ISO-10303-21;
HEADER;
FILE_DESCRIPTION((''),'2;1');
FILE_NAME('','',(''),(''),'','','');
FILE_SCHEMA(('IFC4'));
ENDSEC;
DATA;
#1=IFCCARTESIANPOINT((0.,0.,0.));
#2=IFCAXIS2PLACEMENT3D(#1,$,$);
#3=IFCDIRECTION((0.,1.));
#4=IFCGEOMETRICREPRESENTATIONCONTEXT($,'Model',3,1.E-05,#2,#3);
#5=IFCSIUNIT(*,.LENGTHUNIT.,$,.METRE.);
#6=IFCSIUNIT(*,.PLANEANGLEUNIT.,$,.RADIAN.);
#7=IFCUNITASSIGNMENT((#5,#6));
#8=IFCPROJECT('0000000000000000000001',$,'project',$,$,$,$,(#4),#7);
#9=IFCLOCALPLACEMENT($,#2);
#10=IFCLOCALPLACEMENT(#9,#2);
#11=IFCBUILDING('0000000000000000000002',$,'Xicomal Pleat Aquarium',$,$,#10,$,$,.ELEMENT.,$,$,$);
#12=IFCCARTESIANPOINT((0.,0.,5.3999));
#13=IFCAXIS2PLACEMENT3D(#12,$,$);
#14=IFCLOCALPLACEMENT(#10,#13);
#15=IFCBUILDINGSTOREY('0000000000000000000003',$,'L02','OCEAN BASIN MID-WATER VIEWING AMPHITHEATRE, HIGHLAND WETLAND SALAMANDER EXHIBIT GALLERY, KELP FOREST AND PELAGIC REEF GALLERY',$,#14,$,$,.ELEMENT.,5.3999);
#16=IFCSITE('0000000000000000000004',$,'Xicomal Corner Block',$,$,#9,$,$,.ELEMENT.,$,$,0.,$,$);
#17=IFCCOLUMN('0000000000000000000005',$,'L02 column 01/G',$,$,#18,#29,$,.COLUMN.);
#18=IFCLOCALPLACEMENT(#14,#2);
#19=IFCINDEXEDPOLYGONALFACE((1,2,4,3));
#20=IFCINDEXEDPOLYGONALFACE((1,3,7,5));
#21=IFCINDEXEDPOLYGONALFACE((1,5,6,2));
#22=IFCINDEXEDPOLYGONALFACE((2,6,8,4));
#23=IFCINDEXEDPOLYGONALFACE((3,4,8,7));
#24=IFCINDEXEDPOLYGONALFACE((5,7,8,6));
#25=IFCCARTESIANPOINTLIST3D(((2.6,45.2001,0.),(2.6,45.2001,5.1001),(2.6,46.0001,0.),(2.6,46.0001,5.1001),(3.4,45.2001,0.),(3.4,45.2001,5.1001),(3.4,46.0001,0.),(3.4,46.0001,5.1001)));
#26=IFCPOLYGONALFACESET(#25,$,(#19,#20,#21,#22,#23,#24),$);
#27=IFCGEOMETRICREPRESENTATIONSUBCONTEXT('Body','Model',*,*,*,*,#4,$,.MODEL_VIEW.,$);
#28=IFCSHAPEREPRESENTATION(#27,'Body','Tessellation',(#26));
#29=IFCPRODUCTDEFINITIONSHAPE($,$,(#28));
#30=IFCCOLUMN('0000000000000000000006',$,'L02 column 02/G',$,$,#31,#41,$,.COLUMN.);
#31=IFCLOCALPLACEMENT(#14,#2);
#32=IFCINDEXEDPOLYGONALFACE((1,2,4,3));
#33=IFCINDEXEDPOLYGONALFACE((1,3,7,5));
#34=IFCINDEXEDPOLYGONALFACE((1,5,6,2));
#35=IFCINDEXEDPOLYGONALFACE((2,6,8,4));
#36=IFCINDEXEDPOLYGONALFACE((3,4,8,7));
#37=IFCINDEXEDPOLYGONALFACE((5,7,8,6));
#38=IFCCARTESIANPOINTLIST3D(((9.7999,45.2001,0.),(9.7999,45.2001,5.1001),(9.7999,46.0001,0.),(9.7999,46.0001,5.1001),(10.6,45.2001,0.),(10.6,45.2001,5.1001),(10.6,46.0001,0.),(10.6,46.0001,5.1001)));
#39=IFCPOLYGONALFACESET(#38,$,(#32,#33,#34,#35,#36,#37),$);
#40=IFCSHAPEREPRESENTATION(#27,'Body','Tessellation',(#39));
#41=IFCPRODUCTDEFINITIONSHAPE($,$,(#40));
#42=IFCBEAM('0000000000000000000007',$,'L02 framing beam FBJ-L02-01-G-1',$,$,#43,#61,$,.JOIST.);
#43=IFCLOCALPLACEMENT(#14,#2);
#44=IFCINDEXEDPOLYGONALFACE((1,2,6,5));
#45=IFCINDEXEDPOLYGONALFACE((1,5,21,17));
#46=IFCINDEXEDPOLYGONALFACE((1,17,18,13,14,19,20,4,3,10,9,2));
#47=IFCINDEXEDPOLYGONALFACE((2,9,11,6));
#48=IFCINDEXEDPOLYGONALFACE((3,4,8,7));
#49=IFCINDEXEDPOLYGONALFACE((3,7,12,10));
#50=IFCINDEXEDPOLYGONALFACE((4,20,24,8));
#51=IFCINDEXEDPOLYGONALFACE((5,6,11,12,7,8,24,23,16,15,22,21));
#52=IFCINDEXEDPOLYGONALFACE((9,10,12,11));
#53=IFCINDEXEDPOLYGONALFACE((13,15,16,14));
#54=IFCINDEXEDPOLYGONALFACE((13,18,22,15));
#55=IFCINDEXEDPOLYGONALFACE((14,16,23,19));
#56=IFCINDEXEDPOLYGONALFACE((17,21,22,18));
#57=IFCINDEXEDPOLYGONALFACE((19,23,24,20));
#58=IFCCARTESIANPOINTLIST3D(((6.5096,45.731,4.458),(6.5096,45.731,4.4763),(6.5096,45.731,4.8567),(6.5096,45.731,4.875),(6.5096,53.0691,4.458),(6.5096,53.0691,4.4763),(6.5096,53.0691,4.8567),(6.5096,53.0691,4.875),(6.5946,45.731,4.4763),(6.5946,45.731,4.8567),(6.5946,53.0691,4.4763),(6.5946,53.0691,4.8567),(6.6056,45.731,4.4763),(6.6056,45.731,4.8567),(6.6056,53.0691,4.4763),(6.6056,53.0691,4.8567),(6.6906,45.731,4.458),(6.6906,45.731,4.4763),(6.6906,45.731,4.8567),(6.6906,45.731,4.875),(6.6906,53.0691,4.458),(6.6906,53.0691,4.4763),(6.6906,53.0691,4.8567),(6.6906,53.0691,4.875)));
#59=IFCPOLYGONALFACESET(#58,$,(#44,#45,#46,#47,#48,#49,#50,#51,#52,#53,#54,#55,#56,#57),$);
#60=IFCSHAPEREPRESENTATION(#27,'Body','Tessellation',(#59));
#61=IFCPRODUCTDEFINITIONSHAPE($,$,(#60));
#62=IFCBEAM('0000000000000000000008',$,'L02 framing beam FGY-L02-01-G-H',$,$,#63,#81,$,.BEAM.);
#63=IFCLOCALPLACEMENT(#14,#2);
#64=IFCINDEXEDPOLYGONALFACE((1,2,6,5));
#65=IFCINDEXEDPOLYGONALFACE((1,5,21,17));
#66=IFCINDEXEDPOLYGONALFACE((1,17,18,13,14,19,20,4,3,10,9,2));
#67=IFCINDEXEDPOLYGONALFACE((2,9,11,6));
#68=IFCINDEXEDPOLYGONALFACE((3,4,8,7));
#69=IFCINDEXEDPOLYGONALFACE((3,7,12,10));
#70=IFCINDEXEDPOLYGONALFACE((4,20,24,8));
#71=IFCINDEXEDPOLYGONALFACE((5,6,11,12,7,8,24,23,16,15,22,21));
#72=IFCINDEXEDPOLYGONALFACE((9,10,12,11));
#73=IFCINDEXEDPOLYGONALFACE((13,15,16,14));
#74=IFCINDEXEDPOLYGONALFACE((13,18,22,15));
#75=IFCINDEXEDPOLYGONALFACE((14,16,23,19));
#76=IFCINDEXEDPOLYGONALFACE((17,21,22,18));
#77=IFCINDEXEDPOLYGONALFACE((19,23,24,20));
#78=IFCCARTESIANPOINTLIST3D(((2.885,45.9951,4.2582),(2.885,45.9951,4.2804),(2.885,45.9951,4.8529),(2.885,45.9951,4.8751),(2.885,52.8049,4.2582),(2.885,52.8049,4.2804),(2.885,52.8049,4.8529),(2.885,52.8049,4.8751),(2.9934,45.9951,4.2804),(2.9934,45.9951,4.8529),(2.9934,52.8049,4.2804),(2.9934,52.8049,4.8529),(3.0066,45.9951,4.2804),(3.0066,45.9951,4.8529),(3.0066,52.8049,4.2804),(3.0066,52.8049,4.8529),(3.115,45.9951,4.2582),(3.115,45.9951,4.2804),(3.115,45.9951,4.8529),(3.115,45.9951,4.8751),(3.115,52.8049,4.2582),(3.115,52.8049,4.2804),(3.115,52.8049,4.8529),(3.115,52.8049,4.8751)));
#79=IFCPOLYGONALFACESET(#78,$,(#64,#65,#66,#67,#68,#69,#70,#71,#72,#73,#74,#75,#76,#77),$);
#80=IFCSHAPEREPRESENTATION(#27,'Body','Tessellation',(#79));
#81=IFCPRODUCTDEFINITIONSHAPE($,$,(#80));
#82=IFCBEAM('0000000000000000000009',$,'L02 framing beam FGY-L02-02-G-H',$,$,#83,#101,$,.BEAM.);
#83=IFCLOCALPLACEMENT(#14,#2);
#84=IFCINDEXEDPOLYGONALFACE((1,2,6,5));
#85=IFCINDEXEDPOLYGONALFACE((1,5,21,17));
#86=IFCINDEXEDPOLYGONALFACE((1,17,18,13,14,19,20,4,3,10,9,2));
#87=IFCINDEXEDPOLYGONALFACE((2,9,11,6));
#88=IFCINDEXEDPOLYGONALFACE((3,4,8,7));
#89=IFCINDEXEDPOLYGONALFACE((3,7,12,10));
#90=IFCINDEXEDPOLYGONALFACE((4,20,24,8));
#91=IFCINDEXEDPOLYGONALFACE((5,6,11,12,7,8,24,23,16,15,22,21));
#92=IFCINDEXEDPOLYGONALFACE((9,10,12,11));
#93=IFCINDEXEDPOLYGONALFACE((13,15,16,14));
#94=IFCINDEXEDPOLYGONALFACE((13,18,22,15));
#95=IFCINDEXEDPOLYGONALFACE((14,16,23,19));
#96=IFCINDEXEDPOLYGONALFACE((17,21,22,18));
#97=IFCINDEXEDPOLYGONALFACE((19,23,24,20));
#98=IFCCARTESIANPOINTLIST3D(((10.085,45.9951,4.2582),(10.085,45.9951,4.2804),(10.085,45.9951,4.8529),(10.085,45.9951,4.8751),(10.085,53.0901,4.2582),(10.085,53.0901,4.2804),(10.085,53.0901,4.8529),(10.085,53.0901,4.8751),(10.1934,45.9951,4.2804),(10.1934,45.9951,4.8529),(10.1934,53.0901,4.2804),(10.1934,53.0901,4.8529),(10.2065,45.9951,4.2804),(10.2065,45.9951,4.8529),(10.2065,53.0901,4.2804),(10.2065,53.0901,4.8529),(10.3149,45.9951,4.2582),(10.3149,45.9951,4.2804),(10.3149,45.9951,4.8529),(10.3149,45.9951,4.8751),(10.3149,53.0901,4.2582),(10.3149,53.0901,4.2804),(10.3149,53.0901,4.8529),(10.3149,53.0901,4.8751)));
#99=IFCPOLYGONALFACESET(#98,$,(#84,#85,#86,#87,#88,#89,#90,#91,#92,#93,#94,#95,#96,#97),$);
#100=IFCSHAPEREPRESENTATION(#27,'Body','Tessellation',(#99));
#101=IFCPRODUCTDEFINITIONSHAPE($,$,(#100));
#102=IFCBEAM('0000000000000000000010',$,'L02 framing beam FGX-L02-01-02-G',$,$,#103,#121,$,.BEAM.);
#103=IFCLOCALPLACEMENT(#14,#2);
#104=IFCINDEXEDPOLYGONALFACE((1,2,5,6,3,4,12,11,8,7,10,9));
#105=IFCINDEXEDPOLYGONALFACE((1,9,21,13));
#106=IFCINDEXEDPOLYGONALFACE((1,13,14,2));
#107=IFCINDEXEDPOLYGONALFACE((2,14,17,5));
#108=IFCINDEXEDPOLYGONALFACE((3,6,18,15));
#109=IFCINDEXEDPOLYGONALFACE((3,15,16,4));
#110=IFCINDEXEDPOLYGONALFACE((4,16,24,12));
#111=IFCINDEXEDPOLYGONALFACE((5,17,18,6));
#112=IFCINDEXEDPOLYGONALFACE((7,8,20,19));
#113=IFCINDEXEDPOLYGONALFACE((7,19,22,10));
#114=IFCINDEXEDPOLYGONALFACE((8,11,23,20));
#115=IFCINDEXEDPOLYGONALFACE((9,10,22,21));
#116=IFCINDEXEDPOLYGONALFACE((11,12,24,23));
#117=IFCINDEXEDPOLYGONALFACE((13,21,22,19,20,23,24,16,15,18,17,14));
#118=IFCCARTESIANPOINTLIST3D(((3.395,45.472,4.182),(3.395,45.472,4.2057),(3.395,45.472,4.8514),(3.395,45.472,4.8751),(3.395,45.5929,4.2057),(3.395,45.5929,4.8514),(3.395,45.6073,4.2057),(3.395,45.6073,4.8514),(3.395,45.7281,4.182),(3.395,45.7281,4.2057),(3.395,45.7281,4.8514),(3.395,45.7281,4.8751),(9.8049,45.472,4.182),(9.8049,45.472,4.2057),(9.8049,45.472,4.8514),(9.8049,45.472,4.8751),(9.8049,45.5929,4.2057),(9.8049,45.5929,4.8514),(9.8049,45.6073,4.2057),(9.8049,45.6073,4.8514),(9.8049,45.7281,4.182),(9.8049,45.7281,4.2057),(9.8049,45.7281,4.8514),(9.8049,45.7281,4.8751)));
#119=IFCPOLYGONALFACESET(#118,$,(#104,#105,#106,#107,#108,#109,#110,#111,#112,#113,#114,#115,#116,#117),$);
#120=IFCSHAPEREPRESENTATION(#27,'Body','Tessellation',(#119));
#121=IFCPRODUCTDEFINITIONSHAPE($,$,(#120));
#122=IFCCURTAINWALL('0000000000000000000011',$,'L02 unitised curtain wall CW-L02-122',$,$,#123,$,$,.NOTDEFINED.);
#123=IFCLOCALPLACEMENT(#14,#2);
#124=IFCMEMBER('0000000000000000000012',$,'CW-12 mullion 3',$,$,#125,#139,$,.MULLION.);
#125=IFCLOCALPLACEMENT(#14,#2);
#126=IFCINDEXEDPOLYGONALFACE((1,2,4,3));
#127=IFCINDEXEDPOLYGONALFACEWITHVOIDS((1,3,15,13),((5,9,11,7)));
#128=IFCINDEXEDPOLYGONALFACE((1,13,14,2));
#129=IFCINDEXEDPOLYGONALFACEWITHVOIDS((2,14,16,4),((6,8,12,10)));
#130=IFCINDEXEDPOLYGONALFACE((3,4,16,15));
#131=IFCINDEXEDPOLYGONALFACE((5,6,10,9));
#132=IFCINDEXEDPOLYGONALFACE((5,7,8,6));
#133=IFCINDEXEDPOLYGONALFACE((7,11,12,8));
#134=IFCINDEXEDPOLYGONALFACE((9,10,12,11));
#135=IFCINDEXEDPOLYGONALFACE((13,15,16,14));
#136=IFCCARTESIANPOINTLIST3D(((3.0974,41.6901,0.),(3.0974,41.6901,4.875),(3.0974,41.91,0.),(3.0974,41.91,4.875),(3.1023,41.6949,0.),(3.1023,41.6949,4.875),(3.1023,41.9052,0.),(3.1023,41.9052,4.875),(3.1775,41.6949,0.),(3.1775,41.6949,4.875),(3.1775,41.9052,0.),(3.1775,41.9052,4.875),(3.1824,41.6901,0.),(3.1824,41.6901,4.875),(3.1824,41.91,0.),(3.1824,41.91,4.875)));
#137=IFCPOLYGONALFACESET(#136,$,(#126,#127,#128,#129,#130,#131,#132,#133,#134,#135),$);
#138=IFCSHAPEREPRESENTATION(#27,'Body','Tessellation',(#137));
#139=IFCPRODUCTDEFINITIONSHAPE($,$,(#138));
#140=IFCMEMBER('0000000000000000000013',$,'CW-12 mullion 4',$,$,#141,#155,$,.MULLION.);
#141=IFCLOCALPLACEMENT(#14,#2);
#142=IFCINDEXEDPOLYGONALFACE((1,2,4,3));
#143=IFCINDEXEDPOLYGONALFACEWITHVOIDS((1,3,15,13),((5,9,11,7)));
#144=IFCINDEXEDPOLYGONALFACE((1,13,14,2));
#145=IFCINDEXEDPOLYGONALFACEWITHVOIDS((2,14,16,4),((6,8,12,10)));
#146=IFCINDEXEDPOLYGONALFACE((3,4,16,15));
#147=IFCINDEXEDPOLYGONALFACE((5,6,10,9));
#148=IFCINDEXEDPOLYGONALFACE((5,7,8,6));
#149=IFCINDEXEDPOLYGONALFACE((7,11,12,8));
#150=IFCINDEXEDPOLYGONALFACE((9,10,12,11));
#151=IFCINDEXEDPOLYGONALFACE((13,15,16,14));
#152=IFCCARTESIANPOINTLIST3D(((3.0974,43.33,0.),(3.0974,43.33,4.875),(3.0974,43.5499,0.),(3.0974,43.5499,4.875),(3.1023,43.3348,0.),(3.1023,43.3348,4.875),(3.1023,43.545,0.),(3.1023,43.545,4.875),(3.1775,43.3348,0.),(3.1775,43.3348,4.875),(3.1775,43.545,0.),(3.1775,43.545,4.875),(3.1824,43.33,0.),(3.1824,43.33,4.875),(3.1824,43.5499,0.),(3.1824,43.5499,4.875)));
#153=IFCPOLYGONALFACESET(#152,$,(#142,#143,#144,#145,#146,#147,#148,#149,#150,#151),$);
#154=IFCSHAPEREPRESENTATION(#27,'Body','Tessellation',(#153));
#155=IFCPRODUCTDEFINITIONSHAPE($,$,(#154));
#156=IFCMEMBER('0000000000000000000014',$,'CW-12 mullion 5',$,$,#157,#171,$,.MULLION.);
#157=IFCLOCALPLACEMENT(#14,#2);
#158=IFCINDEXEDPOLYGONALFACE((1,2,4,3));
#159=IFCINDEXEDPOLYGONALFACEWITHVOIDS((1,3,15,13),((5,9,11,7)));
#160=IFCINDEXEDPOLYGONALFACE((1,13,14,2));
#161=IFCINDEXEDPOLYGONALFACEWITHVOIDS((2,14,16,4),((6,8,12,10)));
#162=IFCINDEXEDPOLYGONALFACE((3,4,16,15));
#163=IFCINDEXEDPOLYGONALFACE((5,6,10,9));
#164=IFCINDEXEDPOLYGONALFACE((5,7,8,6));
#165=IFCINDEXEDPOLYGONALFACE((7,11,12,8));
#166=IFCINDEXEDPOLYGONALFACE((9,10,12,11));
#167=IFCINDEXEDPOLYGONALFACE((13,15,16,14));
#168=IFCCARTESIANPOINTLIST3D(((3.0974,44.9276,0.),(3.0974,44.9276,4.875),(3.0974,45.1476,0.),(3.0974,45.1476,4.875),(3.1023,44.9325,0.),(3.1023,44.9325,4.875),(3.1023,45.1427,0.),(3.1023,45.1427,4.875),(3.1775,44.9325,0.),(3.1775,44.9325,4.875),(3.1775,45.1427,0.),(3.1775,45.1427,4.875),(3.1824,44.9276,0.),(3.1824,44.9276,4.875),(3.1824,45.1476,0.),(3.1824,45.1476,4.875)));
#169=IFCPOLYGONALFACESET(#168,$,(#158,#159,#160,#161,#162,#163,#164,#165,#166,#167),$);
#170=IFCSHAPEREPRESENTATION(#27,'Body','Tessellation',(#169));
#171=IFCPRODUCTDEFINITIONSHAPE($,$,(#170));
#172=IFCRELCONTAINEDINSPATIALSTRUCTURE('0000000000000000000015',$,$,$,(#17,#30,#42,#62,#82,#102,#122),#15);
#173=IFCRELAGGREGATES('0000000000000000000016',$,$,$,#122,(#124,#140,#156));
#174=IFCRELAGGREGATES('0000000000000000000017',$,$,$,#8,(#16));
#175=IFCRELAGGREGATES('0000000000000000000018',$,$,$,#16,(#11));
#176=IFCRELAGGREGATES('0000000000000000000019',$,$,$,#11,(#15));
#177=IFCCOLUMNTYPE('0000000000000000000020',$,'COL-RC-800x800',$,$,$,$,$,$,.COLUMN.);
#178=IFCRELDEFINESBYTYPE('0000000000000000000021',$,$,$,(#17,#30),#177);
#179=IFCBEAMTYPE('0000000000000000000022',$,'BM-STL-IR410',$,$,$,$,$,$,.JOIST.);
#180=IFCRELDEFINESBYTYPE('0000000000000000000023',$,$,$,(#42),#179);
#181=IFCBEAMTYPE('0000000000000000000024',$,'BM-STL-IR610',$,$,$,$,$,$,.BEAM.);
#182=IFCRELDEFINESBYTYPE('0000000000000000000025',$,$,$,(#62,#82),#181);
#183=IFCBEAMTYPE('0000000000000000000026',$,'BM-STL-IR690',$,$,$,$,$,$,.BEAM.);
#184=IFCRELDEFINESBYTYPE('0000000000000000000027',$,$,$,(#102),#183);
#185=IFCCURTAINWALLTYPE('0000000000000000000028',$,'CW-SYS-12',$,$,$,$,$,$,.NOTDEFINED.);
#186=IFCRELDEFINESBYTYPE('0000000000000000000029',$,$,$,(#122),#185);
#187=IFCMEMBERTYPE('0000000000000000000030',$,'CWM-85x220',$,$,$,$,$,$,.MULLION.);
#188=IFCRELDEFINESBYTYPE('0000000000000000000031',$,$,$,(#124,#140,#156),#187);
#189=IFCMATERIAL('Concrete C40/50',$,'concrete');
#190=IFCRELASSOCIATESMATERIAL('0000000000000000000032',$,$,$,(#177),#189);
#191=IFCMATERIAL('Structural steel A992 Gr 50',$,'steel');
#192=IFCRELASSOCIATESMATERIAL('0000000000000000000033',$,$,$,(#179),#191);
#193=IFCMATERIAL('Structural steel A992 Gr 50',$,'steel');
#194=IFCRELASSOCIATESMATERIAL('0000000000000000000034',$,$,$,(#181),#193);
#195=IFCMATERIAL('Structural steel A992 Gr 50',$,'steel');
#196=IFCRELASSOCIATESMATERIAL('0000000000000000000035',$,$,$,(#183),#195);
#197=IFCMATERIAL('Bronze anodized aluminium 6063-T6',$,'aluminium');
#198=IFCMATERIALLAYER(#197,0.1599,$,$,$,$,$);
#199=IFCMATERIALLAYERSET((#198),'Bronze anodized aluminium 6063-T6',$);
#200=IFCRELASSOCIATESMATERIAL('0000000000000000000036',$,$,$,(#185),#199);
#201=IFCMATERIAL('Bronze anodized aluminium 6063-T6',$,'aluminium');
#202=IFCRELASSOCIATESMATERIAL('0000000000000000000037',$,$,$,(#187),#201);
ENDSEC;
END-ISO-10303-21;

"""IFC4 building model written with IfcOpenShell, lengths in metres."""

from ifc_helpers import new_model, si_unit, direction, frame, origin, origin_2d, place, context, subcontext, project, spatial, rectangle, hollow_rectangle, i_section, extrude, material, layer, layer_set, material_profile, profile_set, type_object, element, aggregate, save


model = new_model("IFC4")

# Units and contexts
model_context = context("Model", 3, precision=1e-05, world=origin(), true_north=direction((0.0, 1.0)))
body_context = subcontext(model_context, "Body", "Model", "MODEL_VIEW")
ifc_project = project(units=[si_unit("LENGTHUNIT", "METRE"), si_unit("PLANEANGLEUNIT", "RADIAN")], contexts=[model_context])

# Site, building, storey
site_placement = place(None, origin())
site = spatial("IfcSite", under=ifc_project, at=site_placement, Name="Xicomal Corner Block", CompositionType="ELEMENT", RefElevation=0.0)
building_placement = place(site_placement, origin())
building = spatial("IfcBuilding", under=site, at=building_placement, Name="Xicomal Pleat Aquarium", CompositionType="ELEMENT")
storey_placement = place(building_placement, frame((0.0, 0.0, 5.3999)))
storey = spatial("IfcBuildingStorey", under=building, at=storey_placement, Name="L02", Description="OCEAN BASIN MID-WATER VIEWING AMPHITHEATRE, HIGHLAND WETLAND SALAMANDER EXHIBIT GALLERY, KELP FOREST AND PELAGIC REEF GALLERY", CompositionType="ELEMENT", Elevation=5.3999)

# Columns
ifc_material_1 = material(Name="Concrete C40/50", Category="concrete")
ifc_material_profile_1 = material_profile(ifc_material_1, rectangle(XDim=0.8, YDim=0.8, at=origin_2d()), Name="RC 800x800")
ifc_profile_set_1 = profile_set([ifc_material_profile_1], Name="Concrete C40/50")
column_type = type_object("IfcColumnType", Name="COL-RC-800x800", PredefinedType="COLUMN", material=ifc_profile_set_1)
for number, where, z_axis, x_axis, name in (
    (1, (3.0, 45.6001, 0.0), (0.0, 0.0, 1.0), (1.0, 0.0, 0.0), "L02 column 01/G"),
    (2, (10.2, 45.6001, 0.0), (0.0, 0.0, 1.0), (1.0, 0.0, 0.0), "L02 column 02/G"),
):
    element("IfcColumn", number, at=place(storey_placement, frame(where, z_axis=z_axis, x_axis=x_axis)), inside=storey, type_object=column_type, Name=name, PredefinedType="COLUMN", context=body_context, shape_type="SweptSolid", body=[
        extrude(rectangle(XDim=0.8, YDim=0.8, at=origin_2d()), origin(), (0.0, 0.0, 1.0), 5.1001),
    ])

# Beams
ifc_material_2 = material(Name="Structural steel A992 Gr 50", Category="steel")
ifc_material_profile_2 = material_profile(ifc_material_2, i_section(OverallWidth=0.1809, OverallDepth=0.417, WebThickness=0.011, FlangeThickness=0.0183, at=origin_2d()), Name="IR 410x85")
ifc_profile_set_2 = profile_set([ifc_material_profile_2], Name="Structural steel A992 Gr 50")
beam_type_1 = type_object("IfcBeamType", Name="BM-STL-IR410", PredefinedType="JOIST", material=ifc_profile_set_2)
beam_1_placement = place(storey_placement, frame((6.6001, 45.731, 4.6665), z_axis=(0.0, 1.0, 0.0), x_axis=(-1.0, 0.0, 0.0)))
element("IfcBeam", 3, at=beam_1_placement, inside=storey, type_object=beam_type_1, Name="L02 framing beam FBJ-L02-01-G-1", PredefinedType="JOIST", context=body_context, shape_type="SweptSolid", body=[
    extrude(i_section(OverallWidth=0.1809, OverallDepth=0.417, WebThickness=0.011, FlangeThickness=0.0183, at=origin_2d()), origin(), (0.0, 0.0, 1.0), 7.3381),
])
ifc_material_3 = material(Name="Structural steel A992 Gr 50", Category="steel")
ifc_material_profile_3 = material_profile(ifc_material_3, i_section(OverallWidth=0.23, OverallDepth=0.6169, WebThickness=0.0132, FlangeThickness=0.0222, at=origin_2d()), Name="IR 610x140")
ifc_profile_set_3 = profile_set([ifc_material_profile_3], Name="Structural steel A992 Gr 50")
beam_type_2 = type_object("IfcBeamType", Name="BM-STL-IR610", PredefinedType="BEAM", material=ifc_profile_set_3)
beam_2_placement = place(storey_placement, frame((3.0, 45.9951, 4.5667), z_axis=(0.0, 1.0, 0.0), x_axis=(-1.0, 0.0, 0.0)))
element("IfcBeam", 4, at=beam_2_placement, inside=storey, type_object=beam_type_2, Name="L02 framing beam FGY-L02-01-G-H", PredefinedType="BEAM", context=body_context, shape_type="SweptSolid", body=[
    extrude(i_section(OverallWidth=0.23, OverallDepth=0.6169, WebThickness=0.0132, FlangeThickness=0.0222, at=origin_2d()), origin(), (0.0, 0.0, 1.0), 6.8098),
])
beam_3_placement = place(storey_placement, frame((10.2, 45.9951, 4.5667), z_axis=(0.0, 1.0, 0.0), x_axis=(-1.0, 0.0, 0.0)))
element("IfcBeam", 5, at=beam_3_placement, inside=storey, type_object=beam_type_2, Name="L02 framing beam FGY-L02-02-G-H", PredefinedType="BEAM", context=body_context, shape_type="SweptSolid", body=[
    extrude(i_section(OverallWidth=0.23, OverallDepth=0.6169, WebThickness=0.0132, FlangeThickness=0.0222, at=origin_2d()), origin(), (0.0, 0.0, 1.0), 7.095),
])
ifc_material_4 = material(Name="Structural steel A992 Gr 50", Category="steel")
ifc_material_profile_4 = material_profile(ifc_material_4, i_section(OverallWidth=0.2561, OverallDepth=0.6931, WebThickness=0.0144, FlangeThickness=0.0237, at=origin_2d()), Name="IR 690x170")
ifc_profile_set_4 = profile_set([ifc_material_profile_4], Name="Structural steel A992 Gr 50")
beam_type_3 = type_object("IfcBeamType", Name="BM-STL-IR690", PredefinedType="BEAM", material=ifc_profile_set_4)
beam_4_placement = place(storey_placement, frame((3.395, 45.6001, 4.5286), z_axis=(1.0, 0.0, 0.0), x_axis=(0.0, 1.0, 0.0)))
element("IfcBeam", 6, at=beam_4_placement, inside=storey, type_object=beam_type_3, Name="L02 framing beam FGX-L02-01-02-G", PredefinedType="BEAM", context=body_context, shape_type="SweptSolid", body=[
    extrude(i_section(OverallWidth=0.2561, OverallDepth=0.6931, WebThickness=0.0144, FlangeThickness=0.0237, at=origin_2d()), origin(), (0.0, 0.0, 1.0), 6.4099),
])

# Curtain wall, members
ifc_material_5 = material(Name="Bronze anodized aluminium 6063-T6", Category="aluminium")
ifc_layer_1 = layer(ifc_material_5, 0.1599)
ifc_layer_set_1 = layer_set([ifc_layer_1], Name="Bronze anodized aluminium 6063-T6")
curtain_wall_type = type_object("IfcCurtainWallType", Name="CW-SYS-12", PredefinedType="NOTDEFINED", material=ifc_layer_set_1)
curtain_wall_placement = place(storey_placement, origin())
curtain_wall = element("IfcCurtainWall", 7, at=curtain_wall_placement, inside=storey, type_object=curtain_wall_type, Name="L02 unitised curtain wall CW-L02-122", PredefinedType="NOTDEFINED")
ifc_material_6 = material(Name="Bronze anodized aluminium 6063-T6", Category="aluminium")
ifc_material_profile_5 = material_profile(ifc_material_6, hollow_rectangle(XDim=0.085, YDim=0.22, WallThickness=0.0049, at=origin_2d()), Name="ALU MULL 85x220")
ifc_profile_set_5 = profile_set([ifc_material_profile_5], Name="Bronze anodized aluminium 6063-T6")
member_type_1 = type_object("IfcMemberType", Name="CWM-85x220", PredefinedType="MULLION", material=ifc_profile_set_5)
member_1_placement = place(storey_placement, frame((3.1399, 41.8, 0.0), z_axis=(0.0, 0.0, 1.0), x_axis=(-1.0, 0.0, 0.0)))
member_1 = element("IfcMember", 8, at=member_1_placement, type_object=member_type_1, Name="CW-12 mullion 3", PredefinedType="MULLION", context=body_context, shape_type="SweptSolid", body=[
    extrude(hollow_rectangle(XDim=0.085, YDim=0.22, WallThickness=0.0049, at=origin_2d()), origin(), (0.0, 0.0, 1.0), 4.875),
])
member_2_placement = place(storey_placement, frame((3.1399, 43.4399, 0.0), z_axis=(0.0, 0.0, 1.0), x_axis=(-1.0, 0.0, 0.0)))
member_2 = element("IfcMember", 9, at=member_2_placement, type_object=member_type_1, Name="CW-12 mullion 4", PredefinedType="MULLION", context=body_context, shape_type="SweptSolid", body=[
    extrude(hollow_rectangle(XDim=0.085, YDim=0.22, WallThickness=0.0049, at=origin_2d()), origin(), (0.0, 0.0, 1.0), 4.875),
])
member_3_placement = place(storey_placement, frame((3.1399, 45.0376, 0.0), z_axis=(0.0, 0.0, 1.0), x_axis=(-1.0, 0.0, 0.0)))
member_3 = element("IfcMember", 10, at=member_3_placement, type_object=member_type_1, Name="CW-12 mullion 5", PredefinedType="MULLION", context=body_context, shape_type="SweptSolid", body=[
    extrude(hollow_rectangle(XDim=0.085, YDim=0.22, WallThickness=0.0049, at=origin_2d()), origin(), (0.0, 0.0, 1.0), 4.875),
])
aggregate(curtain_wall, [member_1, member_2, member_3])

save(model, "model.ifc")
